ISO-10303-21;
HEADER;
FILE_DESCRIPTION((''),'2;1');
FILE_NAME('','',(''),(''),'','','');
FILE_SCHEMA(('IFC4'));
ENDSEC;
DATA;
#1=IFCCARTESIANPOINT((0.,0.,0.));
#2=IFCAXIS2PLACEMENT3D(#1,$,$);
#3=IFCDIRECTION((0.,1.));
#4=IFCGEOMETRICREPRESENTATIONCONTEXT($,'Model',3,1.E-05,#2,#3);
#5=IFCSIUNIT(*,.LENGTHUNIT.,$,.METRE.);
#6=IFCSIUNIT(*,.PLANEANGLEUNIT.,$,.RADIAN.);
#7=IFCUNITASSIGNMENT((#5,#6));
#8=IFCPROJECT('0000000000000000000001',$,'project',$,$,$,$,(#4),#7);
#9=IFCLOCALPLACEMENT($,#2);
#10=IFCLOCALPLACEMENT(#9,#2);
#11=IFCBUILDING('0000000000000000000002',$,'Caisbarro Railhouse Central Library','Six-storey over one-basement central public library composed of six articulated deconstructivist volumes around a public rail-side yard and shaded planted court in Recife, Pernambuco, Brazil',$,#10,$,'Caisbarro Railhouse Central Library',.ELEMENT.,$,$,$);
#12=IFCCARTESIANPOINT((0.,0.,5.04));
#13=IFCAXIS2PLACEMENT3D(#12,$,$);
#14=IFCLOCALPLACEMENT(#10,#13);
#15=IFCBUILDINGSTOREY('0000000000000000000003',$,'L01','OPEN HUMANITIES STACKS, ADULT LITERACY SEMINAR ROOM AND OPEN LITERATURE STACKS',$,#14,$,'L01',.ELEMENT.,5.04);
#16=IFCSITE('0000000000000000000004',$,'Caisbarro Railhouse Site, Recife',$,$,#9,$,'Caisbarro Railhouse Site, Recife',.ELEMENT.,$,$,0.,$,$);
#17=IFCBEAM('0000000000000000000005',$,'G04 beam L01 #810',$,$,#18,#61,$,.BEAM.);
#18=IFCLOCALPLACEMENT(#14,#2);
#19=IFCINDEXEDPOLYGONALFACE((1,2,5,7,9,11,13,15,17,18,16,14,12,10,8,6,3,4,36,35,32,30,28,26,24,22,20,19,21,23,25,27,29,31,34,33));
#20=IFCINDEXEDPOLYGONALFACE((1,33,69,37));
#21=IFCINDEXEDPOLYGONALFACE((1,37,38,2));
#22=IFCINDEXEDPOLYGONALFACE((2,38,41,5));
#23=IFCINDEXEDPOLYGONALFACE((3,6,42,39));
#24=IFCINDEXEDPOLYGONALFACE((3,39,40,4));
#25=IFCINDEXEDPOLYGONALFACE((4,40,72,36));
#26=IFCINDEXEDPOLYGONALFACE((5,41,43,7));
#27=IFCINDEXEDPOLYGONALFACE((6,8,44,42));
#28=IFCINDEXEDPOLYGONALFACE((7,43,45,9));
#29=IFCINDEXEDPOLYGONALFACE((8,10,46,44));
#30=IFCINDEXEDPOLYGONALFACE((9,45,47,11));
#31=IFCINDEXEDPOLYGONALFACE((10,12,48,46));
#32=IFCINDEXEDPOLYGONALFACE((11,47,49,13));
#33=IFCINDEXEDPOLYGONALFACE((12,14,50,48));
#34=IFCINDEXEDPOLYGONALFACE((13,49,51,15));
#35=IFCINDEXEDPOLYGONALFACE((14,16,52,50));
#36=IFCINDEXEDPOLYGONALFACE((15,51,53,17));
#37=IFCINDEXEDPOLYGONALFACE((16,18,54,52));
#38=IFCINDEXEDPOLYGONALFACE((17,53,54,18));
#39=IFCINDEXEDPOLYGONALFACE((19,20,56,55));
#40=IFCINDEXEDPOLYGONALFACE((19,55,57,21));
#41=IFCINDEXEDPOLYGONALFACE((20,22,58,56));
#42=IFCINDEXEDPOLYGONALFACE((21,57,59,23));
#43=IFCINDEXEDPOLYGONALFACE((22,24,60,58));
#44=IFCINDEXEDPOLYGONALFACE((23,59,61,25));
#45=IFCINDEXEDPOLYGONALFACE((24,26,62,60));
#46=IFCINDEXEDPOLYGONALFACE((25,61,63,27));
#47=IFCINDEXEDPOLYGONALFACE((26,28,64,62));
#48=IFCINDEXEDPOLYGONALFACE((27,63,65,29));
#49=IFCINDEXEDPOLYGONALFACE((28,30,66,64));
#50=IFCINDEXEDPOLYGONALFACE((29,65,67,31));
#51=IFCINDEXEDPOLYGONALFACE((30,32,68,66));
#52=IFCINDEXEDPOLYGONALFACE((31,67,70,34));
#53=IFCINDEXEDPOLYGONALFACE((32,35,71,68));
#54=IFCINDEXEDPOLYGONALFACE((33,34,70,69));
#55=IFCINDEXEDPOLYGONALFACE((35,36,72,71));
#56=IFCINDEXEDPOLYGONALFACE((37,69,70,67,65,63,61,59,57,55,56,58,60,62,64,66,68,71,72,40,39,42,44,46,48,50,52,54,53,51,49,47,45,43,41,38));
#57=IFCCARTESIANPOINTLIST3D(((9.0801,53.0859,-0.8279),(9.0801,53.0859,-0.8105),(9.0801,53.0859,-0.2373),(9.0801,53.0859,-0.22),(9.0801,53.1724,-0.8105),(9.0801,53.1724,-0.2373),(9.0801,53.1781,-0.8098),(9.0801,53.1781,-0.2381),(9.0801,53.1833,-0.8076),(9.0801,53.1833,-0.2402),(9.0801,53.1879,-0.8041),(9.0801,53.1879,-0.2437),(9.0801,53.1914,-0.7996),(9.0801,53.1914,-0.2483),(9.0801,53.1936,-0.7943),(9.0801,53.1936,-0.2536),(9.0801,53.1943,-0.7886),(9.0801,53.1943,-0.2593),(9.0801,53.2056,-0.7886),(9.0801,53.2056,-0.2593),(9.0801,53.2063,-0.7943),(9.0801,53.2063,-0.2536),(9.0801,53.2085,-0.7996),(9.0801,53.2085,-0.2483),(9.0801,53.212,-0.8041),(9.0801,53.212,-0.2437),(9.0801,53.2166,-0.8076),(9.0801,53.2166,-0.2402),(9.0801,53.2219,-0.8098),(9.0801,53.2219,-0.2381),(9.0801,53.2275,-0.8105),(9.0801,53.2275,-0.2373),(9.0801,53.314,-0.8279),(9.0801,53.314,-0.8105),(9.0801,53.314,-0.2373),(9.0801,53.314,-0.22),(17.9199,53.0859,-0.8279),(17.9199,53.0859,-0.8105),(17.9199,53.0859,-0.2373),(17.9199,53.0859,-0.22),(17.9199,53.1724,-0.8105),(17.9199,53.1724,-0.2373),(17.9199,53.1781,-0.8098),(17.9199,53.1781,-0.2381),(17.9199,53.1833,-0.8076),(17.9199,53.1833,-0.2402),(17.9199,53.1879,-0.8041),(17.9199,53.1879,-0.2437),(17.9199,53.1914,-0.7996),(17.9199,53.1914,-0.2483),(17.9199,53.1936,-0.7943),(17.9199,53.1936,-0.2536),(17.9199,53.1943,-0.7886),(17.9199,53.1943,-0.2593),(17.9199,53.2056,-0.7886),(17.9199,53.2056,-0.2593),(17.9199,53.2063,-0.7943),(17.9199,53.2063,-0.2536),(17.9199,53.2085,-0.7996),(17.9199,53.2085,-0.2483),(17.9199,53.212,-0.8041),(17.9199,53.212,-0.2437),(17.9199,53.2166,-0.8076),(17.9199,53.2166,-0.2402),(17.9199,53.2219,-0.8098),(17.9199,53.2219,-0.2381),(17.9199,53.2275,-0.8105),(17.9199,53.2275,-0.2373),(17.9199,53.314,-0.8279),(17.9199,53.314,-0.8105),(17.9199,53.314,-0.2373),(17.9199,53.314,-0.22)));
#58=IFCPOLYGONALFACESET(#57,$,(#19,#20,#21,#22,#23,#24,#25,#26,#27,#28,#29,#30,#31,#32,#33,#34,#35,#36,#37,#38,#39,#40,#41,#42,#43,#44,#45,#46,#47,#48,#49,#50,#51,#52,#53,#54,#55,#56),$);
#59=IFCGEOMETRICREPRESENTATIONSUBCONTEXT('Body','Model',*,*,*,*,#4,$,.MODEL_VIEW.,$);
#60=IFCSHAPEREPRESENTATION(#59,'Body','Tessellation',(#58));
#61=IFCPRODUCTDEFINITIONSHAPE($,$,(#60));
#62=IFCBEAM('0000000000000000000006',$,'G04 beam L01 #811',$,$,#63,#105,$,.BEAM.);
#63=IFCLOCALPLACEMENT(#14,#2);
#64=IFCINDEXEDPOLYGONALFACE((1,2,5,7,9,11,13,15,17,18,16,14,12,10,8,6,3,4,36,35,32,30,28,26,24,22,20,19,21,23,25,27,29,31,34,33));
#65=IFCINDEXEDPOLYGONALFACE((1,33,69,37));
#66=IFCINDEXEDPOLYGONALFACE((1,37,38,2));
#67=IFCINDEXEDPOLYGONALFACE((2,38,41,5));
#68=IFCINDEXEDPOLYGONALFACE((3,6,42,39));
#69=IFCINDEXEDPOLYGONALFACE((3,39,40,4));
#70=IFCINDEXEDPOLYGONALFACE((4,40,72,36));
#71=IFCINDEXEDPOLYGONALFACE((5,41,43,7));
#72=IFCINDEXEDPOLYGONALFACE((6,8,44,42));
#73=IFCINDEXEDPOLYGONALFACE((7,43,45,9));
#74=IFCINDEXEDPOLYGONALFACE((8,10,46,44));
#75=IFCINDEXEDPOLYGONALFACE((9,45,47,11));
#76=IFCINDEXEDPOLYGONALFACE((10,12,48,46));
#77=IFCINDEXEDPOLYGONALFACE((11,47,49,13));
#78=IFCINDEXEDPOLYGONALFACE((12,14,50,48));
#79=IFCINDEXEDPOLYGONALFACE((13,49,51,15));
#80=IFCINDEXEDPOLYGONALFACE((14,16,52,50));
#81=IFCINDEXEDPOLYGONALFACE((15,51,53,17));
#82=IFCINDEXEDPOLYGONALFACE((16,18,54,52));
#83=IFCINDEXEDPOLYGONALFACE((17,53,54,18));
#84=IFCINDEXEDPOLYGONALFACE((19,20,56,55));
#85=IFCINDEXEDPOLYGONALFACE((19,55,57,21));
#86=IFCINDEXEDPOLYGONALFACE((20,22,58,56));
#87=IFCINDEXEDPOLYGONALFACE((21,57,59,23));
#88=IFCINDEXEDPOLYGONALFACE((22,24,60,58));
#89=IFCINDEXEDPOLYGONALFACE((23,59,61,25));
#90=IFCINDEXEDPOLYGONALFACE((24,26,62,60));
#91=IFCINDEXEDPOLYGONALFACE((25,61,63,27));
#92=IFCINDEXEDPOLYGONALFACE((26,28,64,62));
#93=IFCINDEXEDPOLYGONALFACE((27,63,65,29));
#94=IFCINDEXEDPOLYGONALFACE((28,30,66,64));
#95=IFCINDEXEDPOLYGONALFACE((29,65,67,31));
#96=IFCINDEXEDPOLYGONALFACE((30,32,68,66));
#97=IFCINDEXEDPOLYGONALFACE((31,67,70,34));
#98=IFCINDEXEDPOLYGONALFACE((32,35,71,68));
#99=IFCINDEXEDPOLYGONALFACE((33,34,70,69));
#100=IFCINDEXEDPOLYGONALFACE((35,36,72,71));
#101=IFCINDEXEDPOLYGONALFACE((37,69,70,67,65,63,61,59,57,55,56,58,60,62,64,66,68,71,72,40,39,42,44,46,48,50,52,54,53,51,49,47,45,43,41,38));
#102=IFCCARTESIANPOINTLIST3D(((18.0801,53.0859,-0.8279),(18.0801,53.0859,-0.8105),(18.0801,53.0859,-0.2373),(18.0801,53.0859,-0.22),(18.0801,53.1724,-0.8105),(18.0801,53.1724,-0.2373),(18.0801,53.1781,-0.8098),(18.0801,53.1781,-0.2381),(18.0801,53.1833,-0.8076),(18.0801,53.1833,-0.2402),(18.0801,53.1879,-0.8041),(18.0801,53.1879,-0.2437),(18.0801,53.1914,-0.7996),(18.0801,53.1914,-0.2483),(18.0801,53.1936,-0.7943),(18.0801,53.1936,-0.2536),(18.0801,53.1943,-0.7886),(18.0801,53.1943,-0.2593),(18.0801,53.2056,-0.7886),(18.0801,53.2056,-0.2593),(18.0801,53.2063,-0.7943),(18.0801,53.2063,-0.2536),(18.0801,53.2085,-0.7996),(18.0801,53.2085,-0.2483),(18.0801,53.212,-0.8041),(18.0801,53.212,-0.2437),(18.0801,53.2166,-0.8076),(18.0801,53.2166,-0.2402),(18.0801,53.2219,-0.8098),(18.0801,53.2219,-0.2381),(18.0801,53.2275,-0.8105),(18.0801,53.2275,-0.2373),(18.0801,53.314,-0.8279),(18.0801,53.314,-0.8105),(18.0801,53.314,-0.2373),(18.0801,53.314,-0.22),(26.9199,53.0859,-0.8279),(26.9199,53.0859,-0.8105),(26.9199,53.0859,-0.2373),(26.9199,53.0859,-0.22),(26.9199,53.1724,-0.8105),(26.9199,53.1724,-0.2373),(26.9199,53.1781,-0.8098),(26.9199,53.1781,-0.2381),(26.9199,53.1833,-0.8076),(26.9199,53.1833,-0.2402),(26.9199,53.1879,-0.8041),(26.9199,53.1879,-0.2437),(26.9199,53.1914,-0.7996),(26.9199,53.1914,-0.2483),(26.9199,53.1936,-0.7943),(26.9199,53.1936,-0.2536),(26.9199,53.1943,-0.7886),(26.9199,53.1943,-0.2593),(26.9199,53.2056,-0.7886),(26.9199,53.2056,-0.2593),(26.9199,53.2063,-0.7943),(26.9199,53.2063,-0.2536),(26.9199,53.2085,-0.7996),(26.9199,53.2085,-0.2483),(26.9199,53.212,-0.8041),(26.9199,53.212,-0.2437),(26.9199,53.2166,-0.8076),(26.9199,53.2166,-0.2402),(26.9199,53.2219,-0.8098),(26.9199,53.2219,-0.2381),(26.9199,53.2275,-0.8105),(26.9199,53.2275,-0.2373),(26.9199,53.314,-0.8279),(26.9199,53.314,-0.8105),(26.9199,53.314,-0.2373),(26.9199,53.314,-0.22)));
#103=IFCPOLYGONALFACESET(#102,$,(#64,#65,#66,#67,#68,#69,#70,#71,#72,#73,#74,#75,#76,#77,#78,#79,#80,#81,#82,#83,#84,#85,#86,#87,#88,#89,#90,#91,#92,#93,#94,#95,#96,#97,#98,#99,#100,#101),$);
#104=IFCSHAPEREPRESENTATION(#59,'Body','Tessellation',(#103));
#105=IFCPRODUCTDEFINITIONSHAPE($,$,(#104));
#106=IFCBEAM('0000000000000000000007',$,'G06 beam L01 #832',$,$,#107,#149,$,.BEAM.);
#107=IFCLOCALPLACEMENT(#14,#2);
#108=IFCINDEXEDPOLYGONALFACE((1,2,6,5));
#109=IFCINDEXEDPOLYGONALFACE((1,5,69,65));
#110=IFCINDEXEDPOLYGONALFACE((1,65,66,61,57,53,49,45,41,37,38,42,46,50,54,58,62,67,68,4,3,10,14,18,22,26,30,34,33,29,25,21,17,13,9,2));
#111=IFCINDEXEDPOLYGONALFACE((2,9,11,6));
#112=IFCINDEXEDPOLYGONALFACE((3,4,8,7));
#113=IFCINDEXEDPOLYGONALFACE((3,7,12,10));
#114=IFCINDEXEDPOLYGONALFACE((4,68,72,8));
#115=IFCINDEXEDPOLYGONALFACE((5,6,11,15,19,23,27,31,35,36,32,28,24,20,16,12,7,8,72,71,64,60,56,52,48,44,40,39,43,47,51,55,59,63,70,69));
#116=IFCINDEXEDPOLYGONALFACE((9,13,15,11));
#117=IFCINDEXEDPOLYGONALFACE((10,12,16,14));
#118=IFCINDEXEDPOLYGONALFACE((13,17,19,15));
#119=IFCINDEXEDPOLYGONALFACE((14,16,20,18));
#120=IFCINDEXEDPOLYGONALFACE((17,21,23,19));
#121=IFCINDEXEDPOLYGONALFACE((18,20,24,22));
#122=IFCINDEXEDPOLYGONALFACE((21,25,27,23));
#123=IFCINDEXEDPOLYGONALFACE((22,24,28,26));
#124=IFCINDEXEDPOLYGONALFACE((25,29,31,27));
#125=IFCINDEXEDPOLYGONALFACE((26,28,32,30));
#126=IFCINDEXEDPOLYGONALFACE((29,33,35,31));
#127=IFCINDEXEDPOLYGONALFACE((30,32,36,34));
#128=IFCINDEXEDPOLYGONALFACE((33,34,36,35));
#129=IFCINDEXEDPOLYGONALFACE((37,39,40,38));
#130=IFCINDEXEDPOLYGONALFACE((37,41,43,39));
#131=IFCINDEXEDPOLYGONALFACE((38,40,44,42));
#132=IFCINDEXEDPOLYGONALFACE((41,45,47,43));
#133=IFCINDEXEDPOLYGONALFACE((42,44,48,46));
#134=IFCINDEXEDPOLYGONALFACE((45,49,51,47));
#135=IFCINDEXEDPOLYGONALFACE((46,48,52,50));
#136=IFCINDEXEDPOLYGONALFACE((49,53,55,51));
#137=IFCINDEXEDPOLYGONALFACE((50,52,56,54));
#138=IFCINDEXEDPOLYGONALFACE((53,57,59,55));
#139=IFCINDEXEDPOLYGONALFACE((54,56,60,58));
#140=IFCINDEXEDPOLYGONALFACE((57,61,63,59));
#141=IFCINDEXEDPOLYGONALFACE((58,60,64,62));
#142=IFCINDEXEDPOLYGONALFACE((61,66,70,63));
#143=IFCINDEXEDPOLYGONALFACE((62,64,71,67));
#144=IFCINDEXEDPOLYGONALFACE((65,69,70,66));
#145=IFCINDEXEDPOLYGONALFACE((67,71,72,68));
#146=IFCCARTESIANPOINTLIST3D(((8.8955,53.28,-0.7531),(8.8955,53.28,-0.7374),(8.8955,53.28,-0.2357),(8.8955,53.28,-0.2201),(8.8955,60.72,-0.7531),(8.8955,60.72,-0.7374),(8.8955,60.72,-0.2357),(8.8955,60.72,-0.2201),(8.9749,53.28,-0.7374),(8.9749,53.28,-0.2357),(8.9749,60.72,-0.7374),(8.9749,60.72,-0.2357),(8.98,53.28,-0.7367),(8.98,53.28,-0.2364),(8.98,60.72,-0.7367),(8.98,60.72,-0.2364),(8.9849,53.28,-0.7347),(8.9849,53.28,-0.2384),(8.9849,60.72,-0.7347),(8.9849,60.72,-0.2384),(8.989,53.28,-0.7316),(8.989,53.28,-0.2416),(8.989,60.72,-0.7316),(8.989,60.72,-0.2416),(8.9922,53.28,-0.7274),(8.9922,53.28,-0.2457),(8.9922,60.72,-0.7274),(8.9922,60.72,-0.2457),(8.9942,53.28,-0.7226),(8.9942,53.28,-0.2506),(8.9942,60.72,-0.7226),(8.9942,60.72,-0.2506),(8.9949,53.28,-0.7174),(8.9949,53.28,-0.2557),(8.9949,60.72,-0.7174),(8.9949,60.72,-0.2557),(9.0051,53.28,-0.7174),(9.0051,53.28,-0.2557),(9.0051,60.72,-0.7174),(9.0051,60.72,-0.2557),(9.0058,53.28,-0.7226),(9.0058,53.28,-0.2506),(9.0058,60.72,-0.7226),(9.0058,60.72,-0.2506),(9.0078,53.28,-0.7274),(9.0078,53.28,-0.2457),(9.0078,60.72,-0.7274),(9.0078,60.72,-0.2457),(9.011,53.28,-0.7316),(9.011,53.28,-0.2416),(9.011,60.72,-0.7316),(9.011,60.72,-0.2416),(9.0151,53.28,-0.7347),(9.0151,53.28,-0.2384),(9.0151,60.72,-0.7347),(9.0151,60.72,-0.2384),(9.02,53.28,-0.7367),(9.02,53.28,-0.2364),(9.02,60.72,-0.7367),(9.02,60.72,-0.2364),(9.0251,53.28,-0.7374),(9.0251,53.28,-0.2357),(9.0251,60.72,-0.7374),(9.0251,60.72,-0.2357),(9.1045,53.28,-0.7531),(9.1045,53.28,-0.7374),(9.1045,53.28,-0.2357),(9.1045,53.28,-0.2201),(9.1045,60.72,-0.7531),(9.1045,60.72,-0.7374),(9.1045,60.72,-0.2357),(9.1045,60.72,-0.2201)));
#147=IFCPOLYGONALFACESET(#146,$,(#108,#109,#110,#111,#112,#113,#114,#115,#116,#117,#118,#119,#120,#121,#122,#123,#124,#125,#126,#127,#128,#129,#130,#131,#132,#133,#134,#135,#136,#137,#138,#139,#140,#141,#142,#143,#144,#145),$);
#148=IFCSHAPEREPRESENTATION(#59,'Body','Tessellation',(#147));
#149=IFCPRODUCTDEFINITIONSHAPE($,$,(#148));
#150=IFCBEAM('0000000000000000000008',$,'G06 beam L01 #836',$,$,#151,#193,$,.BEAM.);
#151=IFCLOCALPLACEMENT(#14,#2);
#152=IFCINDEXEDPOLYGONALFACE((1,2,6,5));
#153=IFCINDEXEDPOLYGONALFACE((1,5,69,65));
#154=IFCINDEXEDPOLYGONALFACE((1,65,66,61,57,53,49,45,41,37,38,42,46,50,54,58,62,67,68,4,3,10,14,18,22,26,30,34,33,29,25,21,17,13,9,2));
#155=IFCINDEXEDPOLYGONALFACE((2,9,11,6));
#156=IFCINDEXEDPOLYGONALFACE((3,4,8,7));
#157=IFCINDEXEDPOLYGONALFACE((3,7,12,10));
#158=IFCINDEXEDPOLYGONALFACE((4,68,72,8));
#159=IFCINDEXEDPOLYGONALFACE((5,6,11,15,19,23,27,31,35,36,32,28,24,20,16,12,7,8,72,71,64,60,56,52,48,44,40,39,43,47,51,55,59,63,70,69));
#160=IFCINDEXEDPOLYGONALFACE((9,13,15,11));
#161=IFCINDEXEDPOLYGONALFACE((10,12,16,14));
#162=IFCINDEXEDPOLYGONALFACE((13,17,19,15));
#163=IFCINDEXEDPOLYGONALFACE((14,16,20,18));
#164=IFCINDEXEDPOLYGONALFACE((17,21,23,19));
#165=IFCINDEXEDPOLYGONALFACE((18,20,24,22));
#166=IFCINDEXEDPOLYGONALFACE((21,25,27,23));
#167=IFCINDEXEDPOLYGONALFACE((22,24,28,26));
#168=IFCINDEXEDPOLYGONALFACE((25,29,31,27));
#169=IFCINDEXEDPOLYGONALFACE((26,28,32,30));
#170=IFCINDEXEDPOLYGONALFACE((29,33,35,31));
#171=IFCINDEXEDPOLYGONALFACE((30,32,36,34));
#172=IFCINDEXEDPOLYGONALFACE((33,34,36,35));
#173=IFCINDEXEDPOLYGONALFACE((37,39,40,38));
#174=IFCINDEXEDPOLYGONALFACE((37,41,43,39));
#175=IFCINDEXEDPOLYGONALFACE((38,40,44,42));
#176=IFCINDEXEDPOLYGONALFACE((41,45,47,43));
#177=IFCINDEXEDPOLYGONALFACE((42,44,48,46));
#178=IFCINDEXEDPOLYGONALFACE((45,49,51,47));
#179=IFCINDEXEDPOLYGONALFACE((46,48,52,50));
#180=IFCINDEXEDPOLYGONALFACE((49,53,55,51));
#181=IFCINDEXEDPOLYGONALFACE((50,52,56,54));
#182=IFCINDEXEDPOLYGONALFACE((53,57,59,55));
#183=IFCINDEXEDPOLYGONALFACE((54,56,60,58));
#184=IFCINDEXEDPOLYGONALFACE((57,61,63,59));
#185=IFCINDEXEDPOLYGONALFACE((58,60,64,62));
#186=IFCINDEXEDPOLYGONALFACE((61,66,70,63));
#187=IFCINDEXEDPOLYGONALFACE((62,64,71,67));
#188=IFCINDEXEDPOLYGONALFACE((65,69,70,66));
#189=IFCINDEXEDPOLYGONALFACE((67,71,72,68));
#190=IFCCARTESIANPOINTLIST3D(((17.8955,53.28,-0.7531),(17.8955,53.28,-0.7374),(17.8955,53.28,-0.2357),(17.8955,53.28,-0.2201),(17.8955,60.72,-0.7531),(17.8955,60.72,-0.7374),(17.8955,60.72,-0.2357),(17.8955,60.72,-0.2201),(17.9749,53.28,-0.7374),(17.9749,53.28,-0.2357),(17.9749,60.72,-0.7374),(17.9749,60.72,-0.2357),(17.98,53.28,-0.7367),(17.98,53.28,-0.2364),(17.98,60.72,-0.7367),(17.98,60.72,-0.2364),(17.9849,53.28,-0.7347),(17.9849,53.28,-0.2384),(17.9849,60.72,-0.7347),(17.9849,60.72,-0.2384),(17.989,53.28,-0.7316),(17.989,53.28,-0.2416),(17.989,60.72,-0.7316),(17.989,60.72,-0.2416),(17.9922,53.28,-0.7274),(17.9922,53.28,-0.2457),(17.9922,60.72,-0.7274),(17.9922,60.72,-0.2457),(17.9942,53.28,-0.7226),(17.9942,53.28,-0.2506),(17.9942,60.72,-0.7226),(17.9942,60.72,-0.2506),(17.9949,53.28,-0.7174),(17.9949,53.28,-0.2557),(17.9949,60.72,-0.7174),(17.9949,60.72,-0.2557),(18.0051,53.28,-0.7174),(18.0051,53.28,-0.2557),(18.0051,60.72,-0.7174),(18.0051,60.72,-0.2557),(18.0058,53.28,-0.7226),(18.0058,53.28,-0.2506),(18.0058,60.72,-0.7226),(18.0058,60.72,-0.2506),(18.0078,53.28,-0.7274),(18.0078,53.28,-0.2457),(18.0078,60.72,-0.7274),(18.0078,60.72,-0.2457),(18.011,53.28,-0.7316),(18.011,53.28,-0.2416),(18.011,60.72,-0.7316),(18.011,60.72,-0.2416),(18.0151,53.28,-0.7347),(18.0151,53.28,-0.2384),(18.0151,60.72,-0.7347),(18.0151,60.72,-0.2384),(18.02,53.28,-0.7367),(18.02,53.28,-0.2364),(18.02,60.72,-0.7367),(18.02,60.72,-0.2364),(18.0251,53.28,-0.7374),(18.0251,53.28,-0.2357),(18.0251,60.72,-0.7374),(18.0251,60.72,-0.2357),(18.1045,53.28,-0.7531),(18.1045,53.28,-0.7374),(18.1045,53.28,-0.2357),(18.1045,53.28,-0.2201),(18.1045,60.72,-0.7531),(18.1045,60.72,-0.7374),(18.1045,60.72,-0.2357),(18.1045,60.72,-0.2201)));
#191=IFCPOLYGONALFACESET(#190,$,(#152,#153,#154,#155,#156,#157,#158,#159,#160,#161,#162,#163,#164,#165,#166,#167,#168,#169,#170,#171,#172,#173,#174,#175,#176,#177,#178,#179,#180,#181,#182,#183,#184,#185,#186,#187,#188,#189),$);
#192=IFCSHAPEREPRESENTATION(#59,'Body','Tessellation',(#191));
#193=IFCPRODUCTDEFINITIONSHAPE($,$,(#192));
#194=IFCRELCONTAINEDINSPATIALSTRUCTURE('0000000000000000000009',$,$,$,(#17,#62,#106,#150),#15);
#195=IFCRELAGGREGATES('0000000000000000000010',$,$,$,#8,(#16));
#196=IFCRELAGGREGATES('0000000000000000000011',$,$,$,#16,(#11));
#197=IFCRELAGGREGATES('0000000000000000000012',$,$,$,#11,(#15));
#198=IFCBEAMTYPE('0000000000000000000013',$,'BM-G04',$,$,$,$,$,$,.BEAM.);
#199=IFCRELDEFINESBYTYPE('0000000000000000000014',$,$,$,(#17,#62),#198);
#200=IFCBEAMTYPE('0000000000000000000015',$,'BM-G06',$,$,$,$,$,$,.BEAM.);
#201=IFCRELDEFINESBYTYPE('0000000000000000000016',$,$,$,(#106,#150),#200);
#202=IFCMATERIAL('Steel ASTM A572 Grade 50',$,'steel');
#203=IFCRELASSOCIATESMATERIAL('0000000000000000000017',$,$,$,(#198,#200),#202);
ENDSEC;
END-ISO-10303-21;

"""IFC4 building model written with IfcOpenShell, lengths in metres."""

from ifc_helpers import new_model, si_unit, direction, frame, origin, origin_2d, place, context, subcontext, project, spatial, i_section, extrude, material, material_profile, profile_set, type_object, element, save


model = new_model("IFC4")

# Units and contexts
model_context = context("Model", 3, precision=1e-05, world=origin(), true_north=direction((0.0, 1.0)))
body_context = subcontext(model_context, "Body", "Model", "MODEL_VIEW")
ifc_project = project(units=[si_unit("LENGTHUNIT", "METRE"), si_unit("PLANEANGLEUNIT", "RADIAN")], contexts=[model_context])

# Site, building, storey
site_placement = place(None, origin())
site = spatial("IfcSite", under=ifc_project, at=site_placement, Name="Caisbarro Railhouse Site, Recife", LongName="Caisbarro Railhouse Site, Recife", CompositionType="ELEMENT", RefElevation=0.0)
building_placement = place(site_placement, origin())
building = spatial("IfcBuilding", under=site, at=building_placement, Name="Caisbarro Railhouse Central Library", Description="Six-storey over one-basement central public library composed of six articulated deconstructivist volumes around a public rail-side yard and shaded planted court in Recife, Pernambuco, Brazil", LongName="Caisbarro Railhouse Central Library", CompositionType="ELEMENT")
storey_placement = place(building_placement, frame((0.0, 0.0, 5.04)))
storey = spatial("IfcBuildingStorey", under=building, at=storey_placement, Name="L01", Description="OPEN HUMANITIES STACKS, ADULT LITERACY SEMINAR ROOM AND OPEN LITERATURE STACKS", LongName="L01", CompositionType="ELEMENT", Elevation=5.04)

# Shared definitions
ifc_material_1 = material(Name="Steel ASTM A572 Grade 50", Category="steel")

# Beams
ifc_material_profile_1 = material_profile(ifc_material_1, i_section(OverallWidth=0.228, OverallDepth=0.6079, WebThickness=0.0112, FlangeThickness=0.0173, FilletRadius=0.022, at=origin_2d()), Name="W610X113.0")
ifc_profile_set_1 = profile_set([ifc_material_profile_1], Name="Steel ASTM A572 Grade 50")
beam_type_1 = type_object("IfcBeamType", Name="BM-G04", PredefinedType="BEAM", material=ifc_profile_set_1)
for number, where, z_axis, x_axis, name in (
    (1, (9.0801, 53.2, -0.5239), (1.0, 0.0, 0.0), (0.0, 1.0, 0.0), "G04 beam L01 #810"),
    (2, (18.0801, 53.2, -0.5239), (1.0, 0.0, 0.0), (0.0, 1.0, 0.0), "G04 beam L01 #811"),
):
    element("IfcBeam", number, at=place(storey_placement, frame(where, z_axis=z_axis, x_axis=x_axis)), inside=storey, type_object=beam_type_1, Name=name, PredefinedType="BEAM", context=body_context, shape_type="SweptSolid", body=[
        extrude(i_section(OverallWidth=0.228, OverallDepth=0.6079, WebThickness=0.0112, FlangeThickness=0.0173, FilletRadius=0.022, at=origin_2d()), origin(), (0.0, 0.0, 1.0), 8.8398),
    ])
ifc_material_profile_2 = material_profile(ifc_material_1, i_section(OverallWidth=0.209, OverallDepth=0.533, WebThickness=0.0103, FlangeThickness=0.0156, FilletRadius=0.02, at=origin_2d()), Name="W530X92.0")
ifc_profile_set_2 = profile_set([ifc_material_profile_2], Name="Steel ASTM A572 Grade 50")
beam_type_2 = type_object("IfcBeamType", Name="BM-G06", PredefinedType="BEAM", material=ifc_profile_set_2)
for number, where, z_axis, x_axis, name in (
    (3, (9.0, 53.28, -0.4866), (0.0, 1.0, 0.0), (-1.0, 0.0, 0.0), "G06 beam L01 #832"),
    (4, (18.0, 53.28, -0.4866), (0.0, 1.0, 0.0), (-1.0, 0.0, 0.0), "G06 beam L01 #836"),
):
    element("IfcBeam", number, at=place(storey_placement, frame(where, z_axis=z_axis, x_axis=x_axis)), inside=storey, type_object=beam_type_2, Name=name, PredefinedType="BEAM", context=body_context, shape_type="SweptSolid", body=[
        extrude(i_section(OverallWidth=0.209, OverallDepth=0.533, WebThickness=0.0103, FlangeThickness=0.0156, FilletRadius=0.02, at=origin_2d()), origin(), (0.0, 0.0, 1.0), 7.4399),
    ])

save(model, "model.ifc")
